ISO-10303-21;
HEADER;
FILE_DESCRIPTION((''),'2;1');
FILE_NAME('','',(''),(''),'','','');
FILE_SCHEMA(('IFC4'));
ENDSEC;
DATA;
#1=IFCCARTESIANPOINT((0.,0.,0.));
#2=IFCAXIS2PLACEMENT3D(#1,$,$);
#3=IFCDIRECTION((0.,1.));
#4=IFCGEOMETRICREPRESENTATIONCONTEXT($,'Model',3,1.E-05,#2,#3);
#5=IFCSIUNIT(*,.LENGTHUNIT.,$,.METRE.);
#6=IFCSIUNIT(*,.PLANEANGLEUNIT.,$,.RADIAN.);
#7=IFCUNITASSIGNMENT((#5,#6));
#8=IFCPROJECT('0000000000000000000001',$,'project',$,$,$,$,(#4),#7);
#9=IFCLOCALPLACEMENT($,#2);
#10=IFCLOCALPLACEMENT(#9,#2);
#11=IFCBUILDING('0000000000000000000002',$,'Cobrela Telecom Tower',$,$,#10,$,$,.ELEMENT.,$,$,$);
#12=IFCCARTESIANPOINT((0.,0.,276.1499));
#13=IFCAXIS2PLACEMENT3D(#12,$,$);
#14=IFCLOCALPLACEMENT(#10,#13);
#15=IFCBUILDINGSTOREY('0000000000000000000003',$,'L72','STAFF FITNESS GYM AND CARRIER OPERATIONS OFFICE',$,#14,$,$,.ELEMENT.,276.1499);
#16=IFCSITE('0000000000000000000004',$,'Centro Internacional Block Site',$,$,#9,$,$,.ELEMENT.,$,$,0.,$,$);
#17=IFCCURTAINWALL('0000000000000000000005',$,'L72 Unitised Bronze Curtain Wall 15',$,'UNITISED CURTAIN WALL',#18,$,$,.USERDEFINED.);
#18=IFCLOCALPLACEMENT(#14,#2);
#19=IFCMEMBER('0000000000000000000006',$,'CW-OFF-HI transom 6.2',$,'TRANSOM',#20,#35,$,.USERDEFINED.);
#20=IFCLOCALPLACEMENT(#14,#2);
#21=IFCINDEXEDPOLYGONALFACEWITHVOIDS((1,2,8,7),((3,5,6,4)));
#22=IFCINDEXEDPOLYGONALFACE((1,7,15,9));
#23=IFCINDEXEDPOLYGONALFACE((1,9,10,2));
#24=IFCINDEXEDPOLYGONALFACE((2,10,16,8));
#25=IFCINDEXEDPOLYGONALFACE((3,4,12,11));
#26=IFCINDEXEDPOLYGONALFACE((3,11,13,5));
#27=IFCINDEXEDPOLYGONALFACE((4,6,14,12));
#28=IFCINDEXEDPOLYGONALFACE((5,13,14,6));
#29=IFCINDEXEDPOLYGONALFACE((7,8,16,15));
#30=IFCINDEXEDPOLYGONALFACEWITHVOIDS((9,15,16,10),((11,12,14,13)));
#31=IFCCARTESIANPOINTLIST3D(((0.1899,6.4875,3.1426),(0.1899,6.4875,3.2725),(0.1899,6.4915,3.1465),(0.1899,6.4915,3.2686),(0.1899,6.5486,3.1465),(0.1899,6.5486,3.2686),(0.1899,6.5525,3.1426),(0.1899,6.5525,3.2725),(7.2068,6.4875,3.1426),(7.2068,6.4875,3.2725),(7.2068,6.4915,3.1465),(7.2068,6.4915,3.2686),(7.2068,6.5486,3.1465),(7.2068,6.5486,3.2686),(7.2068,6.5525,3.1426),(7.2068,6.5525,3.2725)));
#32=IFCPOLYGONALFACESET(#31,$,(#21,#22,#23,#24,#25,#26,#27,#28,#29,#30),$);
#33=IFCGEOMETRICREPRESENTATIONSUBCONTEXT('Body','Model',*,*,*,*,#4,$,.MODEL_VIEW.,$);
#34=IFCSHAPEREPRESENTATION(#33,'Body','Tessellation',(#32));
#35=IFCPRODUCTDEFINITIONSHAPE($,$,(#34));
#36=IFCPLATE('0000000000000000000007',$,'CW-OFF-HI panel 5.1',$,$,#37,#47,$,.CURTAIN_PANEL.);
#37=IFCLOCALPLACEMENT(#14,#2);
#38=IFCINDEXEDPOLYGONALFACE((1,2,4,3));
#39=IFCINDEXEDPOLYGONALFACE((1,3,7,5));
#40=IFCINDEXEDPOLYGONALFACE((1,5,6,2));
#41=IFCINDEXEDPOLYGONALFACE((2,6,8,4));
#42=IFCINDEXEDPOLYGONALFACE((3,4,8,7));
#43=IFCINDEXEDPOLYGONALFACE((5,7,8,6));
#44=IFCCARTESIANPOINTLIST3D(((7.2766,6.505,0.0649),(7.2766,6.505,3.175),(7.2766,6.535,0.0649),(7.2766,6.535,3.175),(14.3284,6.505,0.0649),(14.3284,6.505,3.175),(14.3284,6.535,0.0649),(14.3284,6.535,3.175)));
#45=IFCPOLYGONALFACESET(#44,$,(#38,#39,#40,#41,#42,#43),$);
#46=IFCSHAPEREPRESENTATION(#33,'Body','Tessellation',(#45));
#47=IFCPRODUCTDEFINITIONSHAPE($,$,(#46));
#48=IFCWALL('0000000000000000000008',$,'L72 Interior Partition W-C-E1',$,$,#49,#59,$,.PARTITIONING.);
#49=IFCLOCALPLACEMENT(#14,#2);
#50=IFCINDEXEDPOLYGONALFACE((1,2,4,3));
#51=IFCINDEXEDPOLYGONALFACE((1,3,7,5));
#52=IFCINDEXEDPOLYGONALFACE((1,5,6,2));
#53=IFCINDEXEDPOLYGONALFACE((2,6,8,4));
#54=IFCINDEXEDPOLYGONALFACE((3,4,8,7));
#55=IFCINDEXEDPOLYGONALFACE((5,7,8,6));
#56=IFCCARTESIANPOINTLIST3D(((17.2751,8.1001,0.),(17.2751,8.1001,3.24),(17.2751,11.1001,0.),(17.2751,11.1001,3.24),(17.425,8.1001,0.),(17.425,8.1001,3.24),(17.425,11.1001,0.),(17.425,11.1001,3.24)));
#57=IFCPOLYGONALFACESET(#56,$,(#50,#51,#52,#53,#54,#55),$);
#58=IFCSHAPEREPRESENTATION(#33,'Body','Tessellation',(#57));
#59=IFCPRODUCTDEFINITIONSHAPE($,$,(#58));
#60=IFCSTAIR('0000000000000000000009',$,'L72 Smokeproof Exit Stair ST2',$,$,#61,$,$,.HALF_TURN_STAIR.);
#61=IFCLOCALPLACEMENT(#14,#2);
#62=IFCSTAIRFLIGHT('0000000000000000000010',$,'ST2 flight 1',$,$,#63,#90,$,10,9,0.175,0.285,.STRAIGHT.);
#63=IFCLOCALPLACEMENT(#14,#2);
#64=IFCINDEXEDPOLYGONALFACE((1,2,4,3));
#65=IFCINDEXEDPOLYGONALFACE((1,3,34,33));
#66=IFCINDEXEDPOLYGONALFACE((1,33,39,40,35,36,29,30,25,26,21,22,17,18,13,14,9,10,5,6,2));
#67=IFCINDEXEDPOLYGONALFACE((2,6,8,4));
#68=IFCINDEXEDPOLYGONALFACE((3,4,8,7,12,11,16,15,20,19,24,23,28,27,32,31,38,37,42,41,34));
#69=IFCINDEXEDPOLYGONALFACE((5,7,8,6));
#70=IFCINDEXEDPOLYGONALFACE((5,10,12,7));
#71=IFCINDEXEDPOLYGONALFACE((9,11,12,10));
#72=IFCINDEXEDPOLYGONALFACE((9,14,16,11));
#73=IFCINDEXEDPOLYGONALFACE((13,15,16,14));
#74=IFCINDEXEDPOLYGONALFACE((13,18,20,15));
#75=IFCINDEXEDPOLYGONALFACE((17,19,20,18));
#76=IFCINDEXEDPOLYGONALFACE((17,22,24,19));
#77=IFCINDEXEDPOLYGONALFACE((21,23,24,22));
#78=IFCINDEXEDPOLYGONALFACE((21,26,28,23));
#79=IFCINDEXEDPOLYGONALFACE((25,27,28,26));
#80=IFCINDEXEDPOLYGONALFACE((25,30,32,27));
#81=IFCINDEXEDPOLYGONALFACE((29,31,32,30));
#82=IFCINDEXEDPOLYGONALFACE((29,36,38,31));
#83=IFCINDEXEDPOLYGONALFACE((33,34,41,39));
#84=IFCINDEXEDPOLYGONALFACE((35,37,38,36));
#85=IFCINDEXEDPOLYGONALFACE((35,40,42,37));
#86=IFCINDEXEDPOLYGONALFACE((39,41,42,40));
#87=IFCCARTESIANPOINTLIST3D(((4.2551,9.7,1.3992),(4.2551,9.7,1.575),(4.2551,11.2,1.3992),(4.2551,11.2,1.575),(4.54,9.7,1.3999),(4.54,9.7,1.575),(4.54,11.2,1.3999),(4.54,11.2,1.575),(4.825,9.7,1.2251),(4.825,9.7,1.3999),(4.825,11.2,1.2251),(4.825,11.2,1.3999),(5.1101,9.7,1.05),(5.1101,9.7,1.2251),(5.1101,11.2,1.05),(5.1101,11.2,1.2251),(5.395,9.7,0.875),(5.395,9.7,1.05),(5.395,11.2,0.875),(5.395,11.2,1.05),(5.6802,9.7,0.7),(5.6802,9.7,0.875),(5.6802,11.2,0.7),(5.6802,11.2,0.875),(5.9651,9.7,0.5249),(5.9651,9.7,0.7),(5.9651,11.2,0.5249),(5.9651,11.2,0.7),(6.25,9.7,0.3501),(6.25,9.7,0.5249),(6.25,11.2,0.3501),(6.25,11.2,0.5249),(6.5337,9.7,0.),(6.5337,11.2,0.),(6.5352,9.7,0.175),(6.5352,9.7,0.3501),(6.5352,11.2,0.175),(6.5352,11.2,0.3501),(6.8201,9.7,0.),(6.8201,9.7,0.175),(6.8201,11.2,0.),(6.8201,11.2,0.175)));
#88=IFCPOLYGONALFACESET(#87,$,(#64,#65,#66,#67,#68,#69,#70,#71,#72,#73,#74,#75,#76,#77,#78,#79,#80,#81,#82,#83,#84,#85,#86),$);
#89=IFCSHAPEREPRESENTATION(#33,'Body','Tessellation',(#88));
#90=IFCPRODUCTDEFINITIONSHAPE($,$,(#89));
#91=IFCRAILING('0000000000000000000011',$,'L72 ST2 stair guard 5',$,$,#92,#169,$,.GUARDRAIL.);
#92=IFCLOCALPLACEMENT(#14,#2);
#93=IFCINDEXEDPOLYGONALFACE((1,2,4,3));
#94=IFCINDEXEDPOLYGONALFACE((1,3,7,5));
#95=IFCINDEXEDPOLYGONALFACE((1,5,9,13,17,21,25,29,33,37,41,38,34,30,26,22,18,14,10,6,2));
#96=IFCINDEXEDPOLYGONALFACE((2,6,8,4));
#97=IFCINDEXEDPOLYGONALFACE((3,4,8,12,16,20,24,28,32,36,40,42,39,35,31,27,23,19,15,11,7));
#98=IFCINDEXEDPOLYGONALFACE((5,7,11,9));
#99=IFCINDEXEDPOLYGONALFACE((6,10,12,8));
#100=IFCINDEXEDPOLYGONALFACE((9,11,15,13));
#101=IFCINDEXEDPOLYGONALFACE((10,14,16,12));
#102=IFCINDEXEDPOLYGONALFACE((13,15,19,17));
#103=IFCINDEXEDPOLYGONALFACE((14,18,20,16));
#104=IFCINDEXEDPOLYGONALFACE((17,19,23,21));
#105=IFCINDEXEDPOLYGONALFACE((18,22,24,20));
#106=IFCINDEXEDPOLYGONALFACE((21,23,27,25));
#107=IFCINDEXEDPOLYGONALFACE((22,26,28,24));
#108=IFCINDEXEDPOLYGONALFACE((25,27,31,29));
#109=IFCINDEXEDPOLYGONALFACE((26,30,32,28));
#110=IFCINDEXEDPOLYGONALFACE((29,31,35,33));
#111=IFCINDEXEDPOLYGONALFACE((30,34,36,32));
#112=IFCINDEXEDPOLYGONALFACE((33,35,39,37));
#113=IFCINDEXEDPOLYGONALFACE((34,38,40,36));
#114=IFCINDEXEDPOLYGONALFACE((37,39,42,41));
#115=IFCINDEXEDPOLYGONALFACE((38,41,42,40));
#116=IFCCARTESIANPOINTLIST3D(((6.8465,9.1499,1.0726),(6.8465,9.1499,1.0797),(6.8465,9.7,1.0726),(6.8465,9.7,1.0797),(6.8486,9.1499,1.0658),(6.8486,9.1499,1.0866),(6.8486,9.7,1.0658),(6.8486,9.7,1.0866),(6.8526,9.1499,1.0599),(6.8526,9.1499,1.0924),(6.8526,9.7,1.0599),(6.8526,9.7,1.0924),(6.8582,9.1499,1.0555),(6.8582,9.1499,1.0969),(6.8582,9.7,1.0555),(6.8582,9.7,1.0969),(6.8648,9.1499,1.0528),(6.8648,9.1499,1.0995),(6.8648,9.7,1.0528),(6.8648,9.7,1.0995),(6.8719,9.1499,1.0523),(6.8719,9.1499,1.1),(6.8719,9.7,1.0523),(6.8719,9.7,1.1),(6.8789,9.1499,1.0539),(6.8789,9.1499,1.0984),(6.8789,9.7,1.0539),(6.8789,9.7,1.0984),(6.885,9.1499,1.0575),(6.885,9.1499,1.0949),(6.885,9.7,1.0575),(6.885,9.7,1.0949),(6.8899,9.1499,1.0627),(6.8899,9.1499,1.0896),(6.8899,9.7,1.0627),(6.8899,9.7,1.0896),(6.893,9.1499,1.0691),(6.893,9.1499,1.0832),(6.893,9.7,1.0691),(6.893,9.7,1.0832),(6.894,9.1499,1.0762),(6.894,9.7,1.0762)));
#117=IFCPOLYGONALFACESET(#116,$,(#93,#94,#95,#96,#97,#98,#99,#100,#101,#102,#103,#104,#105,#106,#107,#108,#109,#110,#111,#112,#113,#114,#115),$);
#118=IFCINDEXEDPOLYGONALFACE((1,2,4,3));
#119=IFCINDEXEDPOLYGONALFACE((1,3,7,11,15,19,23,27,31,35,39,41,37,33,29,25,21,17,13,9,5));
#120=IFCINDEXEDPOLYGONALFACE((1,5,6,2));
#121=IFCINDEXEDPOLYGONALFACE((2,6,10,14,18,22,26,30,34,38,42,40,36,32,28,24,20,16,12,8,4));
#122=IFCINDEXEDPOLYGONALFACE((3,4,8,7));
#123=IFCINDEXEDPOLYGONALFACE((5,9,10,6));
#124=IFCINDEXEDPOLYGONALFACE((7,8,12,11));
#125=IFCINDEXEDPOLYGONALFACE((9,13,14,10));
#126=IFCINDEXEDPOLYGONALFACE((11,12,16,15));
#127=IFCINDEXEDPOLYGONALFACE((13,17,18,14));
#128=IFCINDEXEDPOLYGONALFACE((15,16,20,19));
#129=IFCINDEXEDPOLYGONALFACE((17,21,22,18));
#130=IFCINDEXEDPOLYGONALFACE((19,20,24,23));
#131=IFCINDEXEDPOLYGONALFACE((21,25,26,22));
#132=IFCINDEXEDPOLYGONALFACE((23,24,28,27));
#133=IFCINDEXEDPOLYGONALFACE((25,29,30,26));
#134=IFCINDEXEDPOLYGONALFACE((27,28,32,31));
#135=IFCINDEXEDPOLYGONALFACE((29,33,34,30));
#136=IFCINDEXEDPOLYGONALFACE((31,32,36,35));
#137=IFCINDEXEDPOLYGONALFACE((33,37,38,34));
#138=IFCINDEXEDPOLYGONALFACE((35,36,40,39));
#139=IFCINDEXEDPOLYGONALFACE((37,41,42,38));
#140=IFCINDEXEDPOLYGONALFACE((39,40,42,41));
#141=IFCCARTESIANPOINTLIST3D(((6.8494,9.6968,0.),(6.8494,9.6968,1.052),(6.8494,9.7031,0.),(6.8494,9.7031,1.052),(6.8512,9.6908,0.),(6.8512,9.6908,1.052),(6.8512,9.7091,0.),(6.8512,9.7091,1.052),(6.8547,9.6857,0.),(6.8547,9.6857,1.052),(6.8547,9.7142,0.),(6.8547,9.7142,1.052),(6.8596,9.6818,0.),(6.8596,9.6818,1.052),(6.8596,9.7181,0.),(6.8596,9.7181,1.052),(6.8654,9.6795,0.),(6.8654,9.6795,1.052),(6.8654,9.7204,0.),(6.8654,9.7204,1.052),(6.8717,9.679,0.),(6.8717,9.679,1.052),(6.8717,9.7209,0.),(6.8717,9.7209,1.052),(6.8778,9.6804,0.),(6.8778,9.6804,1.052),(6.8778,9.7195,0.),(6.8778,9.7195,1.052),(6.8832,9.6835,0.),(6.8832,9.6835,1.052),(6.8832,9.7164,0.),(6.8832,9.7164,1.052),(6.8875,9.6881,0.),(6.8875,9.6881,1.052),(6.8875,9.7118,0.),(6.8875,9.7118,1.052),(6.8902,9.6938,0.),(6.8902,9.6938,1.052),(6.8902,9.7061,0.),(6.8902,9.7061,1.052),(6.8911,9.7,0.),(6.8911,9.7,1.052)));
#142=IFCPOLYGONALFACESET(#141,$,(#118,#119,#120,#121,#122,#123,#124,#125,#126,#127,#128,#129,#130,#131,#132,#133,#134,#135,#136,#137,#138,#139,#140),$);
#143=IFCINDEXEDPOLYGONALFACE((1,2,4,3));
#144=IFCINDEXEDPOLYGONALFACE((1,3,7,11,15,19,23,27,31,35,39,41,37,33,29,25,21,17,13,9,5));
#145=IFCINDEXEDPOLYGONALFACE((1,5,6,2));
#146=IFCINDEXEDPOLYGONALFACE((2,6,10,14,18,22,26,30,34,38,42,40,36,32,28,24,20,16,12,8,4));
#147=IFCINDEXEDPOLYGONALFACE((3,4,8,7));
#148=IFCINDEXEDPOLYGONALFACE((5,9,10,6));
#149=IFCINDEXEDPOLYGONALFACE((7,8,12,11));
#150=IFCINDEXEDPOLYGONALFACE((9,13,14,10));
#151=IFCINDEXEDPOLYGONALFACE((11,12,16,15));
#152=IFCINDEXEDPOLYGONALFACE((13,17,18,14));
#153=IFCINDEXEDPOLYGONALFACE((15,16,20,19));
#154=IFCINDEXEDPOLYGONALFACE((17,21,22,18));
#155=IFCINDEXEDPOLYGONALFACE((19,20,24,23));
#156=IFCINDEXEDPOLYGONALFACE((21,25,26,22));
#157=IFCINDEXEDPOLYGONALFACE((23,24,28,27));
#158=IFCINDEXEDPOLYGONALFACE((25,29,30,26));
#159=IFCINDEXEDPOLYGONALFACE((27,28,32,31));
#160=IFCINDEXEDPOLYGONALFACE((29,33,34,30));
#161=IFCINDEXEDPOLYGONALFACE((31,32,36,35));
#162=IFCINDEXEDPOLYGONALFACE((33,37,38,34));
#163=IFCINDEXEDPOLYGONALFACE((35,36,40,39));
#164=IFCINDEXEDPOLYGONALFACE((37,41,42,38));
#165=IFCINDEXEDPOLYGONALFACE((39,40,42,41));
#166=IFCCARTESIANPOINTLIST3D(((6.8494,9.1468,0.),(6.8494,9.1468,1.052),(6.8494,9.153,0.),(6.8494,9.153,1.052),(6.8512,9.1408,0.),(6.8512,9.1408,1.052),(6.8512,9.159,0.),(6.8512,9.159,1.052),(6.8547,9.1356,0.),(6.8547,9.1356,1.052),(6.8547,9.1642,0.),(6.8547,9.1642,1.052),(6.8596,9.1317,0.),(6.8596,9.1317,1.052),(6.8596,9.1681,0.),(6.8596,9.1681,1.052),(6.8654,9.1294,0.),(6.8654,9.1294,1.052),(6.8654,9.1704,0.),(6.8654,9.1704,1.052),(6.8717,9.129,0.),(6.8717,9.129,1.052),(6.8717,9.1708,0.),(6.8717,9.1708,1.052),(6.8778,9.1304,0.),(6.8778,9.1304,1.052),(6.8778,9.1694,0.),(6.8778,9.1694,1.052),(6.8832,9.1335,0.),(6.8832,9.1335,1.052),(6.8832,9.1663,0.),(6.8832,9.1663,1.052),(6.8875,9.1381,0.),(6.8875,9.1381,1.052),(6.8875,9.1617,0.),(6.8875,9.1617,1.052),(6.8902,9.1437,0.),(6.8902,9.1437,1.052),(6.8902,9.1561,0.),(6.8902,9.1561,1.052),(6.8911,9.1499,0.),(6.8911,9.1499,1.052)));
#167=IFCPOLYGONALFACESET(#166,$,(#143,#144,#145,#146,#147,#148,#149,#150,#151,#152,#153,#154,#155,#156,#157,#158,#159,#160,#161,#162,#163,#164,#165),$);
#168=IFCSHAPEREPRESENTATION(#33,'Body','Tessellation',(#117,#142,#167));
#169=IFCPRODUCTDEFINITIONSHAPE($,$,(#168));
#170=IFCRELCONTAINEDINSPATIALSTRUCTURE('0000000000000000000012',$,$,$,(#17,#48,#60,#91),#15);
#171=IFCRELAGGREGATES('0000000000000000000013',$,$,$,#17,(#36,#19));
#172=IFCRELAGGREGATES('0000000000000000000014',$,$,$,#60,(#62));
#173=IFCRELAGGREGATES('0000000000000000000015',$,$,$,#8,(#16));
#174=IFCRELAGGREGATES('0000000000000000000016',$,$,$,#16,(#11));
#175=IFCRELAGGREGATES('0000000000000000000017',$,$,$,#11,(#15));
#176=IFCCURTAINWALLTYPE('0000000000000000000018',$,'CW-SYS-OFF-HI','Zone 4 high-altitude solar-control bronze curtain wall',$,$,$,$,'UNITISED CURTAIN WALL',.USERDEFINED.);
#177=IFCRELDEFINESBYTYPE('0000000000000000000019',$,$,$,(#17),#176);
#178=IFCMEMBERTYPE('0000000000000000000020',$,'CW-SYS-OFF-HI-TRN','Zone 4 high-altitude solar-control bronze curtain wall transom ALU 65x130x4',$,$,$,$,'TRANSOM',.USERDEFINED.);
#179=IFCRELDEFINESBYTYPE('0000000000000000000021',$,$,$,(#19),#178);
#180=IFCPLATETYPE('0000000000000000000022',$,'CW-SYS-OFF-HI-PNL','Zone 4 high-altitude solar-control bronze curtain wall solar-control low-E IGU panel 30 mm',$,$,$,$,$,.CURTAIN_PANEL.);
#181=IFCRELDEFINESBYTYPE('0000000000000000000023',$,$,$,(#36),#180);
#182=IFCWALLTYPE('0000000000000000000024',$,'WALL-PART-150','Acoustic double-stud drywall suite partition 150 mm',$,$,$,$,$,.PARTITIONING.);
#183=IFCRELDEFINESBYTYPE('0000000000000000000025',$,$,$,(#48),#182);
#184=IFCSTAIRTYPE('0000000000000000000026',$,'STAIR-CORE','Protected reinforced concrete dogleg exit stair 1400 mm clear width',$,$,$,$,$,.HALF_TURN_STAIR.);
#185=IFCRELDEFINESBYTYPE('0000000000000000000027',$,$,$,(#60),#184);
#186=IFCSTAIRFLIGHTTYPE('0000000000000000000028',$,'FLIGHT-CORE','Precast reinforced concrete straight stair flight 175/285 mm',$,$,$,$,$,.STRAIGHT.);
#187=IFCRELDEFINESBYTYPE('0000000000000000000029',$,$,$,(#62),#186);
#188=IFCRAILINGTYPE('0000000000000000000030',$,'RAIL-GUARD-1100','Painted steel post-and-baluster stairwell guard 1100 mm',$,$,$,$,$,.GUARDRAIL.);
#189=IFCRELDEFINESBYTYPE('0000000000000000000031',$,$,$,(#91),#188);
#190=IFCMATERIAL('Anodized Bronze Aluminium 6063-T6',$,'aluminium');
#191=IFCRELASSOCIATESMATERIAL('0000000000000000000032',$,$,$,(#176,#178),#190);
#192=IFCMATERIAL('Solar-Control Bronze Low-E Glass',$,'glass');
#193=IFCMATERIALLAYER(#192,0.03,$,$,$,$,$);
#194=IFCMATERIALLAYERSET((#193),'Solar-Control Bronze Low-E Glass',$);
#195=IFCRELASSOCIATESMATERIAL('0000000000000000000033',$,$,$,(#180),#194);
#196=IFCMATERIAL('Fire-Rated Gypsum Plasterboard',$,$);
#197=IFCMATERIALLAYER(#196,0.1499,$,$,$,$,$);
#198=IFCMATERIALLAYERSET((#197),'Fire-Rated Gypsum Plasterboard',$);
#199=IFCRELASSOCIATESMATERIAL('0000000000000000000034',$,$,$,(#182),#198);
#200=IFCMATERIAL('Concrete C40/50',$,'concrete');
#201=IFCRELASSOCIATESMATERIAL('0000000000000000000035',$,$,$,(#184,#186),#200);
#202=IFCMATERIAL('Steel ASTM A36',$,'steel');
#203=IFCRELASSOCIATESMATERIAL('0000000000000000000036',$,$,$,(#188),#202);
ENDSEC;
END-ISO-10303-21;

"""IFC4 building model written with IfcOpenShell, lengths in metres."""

from ifc_helpers import new_model, si_unit, direction, frame, frame_2d, origin, origin_2d, place, context, subcontext, project, spatial, polyline, rectangle, hollow_rectangle, circle, outline, extrude, material, layer, layer_set, material_profile, profile_set, type_object, element, aggregate, save


model = new_model("IFC4")

# Units and contexts
model_context = context("Model", 3, precision=1e-05, world=origin(), true_north=direction((0.0, 1.0)))
body_context = subcontext(model_context, "Body", "Model", "MODEL_VIEW")
ifc_project = project(units=[si_unit("LENGTHUNIT", "METRE"), si_unit("PLANEANGLEUNIT", "RADIAN")], contexts=[model_context])

# Site, building, storey
site_placement = place(None, origin())
site = spatial("IfcSite", under=ifc_project, at=site_placement, Name="Centro Internacional Block Site", CompositionType="ELEMENT", RefElevation=0.0)
building_placement = place(site_placement, origin())
building = spatial("IfcBuilding", under=site, at=building_placement, Name="Cobrela Telecom Tower", CompositionType="ELEMENT")
storey_placement = place(building_placement, frame((0.0, 0.0, 276.1499)))
storey = spatial("IfcBuildingStorey", under=building, at=storey_placement, Name="L72", Description="STAFF FITNESS GYM AND CARRIER OPERATIONS OFFICE", CompositionType="ELEMENT", Elevation=276.1499)

# Curtain wall, member, plate
ifc_material_1 = material(Name="Anodized Bronze Aluminium 6063-T6", Category="aluminium")
curtain_wall_type = type_object("IfcCurtainWallType", Name="CW-SYS-OFF-HI", Description="Zone 4 high-altitude solar-control bronze curtain wall", ElementType="UNITISED CURTAIN WALL", PredefinedType="USERDEFINED", material=ifc_material_1)
curtain_wall_placement = place(storey_placement, origin())
curtain_wall = element("IfcCurtainWall", 1, at=curtain_wall_placement, inside=storey, type_object=curtain_wall_type, Name="L72 Unitised Bronze Curtain Wall 15", ObjectType="UNITISED CURTAIN WALL", PredefinedType="USERDEFINED")
ifc_material_profile_1 = material_profile(ifc_material_1, hollow_rectangle(XDim=0.0649, YDim=0.1299, WallThickness=0.0039, at=origin_2d()), Name="ALU 65x130x4")
ifc_profile_set_1 = profile_set([ifc_material_profile_1], Name="Anodized Bronze Aluminium 6063-T6")
member_type_1 = type_object("IfcMemberType", Name="CW-SYS-OFF-HI-TRN", Description="Zone 4 high-altitude solar-control bronze curtain wall transom ALU 65x130x4", ElementType="TRANSOM", PredefinedType="USERDEFINED", material=ifc_profile_set_1)
member_1_placement = place(storey_placement, frame((7.2068, 6.52, 3.2075), z_axis=(-1.0, 0.0, 0.0), x_axis=(0.0, -1.0, 0.0)))
member_1 = element("IfcMember", 2, at=member_1_placement, type_object=member_type_1, Name="CW-OFF-HI transom 6.2", ObjectType="TRANSOM", PredefinedType="USERDEFINED", context=body_context, shape_type="SweptSolid", body=[
    extrude(hollow_rectangle(XDim=0.0649, YDim=0.1299, WallThickness=0.0039, at=origin_2d()), origin(), (0.0, 0.0, 1.0), 7.0168),
])
ifc_material_2 = material(Name="Solar-Control Bronze Low-E Glass", Category="glass")
ifc_layer_1 = layer(ifc_material_2, 0.03)
ifc_layer_set_1 = layer_set([ifc_layer_1], Name="Solar-Control Bronze Low-E Glass")
plate_type = type_object("IfcPlateType", Name="CW-SYS-OFF-HI-PNL", Description="Zone 4 high-altitude solar-control bronze curtain wall solar-control low-E IGU panel 30 mm", PredefinedType="CURTAIN_PANEL", material=ifc_layer_set_1)
plate_placement = place(storey_placement, frame((10.8025, 6.52, 0.0649), z_axis=(0.0, 0.0, 1.0), x_axis=(-1.0, 0.0, 0.0)))
plate = element("IfcPlate", 3, at=plate_placement, type_object=plate_type, Name="CW-OFF-HI panel 5.1", PredefinedType="CURTAIN_PANEL", context=body_context, shape_type="SweptSolid", body=[
    extrude(rectangle(XDim=7.0518, YDim=0.03, at=origin_2d()), origin(), (0.0, 0.0, 1.0), 3.1101),
])
aggregate(curtain_wall, [plate, member_1])

# Wall
ifc_material_3 = material(Name="Fire-Rated Gypsum Plasterboard")
ifc_layer_2 = layer(ifc_material_3, 0.1499)
ifc_layer_set_2 = layer_set([ifc_layer_2], Name="Fire-Rated Gypsum Plasterboard")
wall_type_1 = type_object("IfcWallType", Name="WALL-PART-150", Description="Acoustic double-stud drywall suite partition 150 mm", PredefinedType="PARTITIONING", material=ifc_layer_set_2)
wall_1_placement = place(storey_placement, frame((17.3501, 8.1001, 0.0), z_axis=(0.0, 0.0, 1.0), x_axis=(0.0, 1.0, 0.0)))
element("IfcWall", 4, at=wall_1_placement, inside=storey, type_object=wall_type_1, Name="L72 Interior Partition W-C-E1", PredefinedType="PARTITIONING", context=body_context, shape_type="SweptSolid", body=[
    extrude(rectangle(XDim=3.0, YDim=0.1499, at=frame_2d((1.5, 0.0))), origin(), (0.0, 0.0, 1.0), 3.24),
])

# Shared definitions
ifc_material_4 = material(Name="Concrete C40/50", Category="concrete")
ifc_material_5 = material(Name="Steel ASTM A36", Category="steel")

# Stair, stair flight
stair_type = type_object("IfcStairType", Name="STAIR-CORE", Description="Protected reinforced concrete dogleg exit stair 1400 mm clear width", PredefinedType="HALF_TURN_STAIR", material=ifc_material_4)
stair_placement = place(storey_placement, origin())
stair = element("IfcStair", 5, at=stair_placement, inside=storey, type_object=stair_type, Name="L72 Smokeproof Exit Stair ST2", PredefinedType="HALF_TURN_STAIR")
stair_flight_type = type_object("IfcStairFlightType", Name="FLIGHT-CORE", Description="Precast reinforced concrete straight stair flight 175/285 mm", PredefinedType="STRAIGHT", material=ifc_material_4)
stair_flight_placement = place(storey_placement, frame((6.8201, 10.45, 0.0), z_axis=(0.0, 0.0, 1.0), x_axis=(-1.0, 0.0, 0.0)))
stair_flight = element("IfcStairFlight", 6, at=stair_flight_placement, type_object=stair_flight_type, Name="ST2 flight 1", NumberOfRisers=10, NumberOfTreads=9, PredefinedType="STRAIGHT", RiserHeight=0.175, TreadLength=0.285, context=body_context, shape_type="SweptSolid", body=[
    extrude(outline(polyline([(0.0, 0.0), (0.0, 0.175), (0.2849, 0.175), (0.2849, 0.3501), (0.5701, 0.3501), (0.5701, 0.5249), (0.855, 0.5249), (0.855, 0.7), (1.1399, 0.7), (1.1399, 0.875), (1.425, 0.875), (1.425, 1.05), (1.71, 1.05), (1.71, 1.2251), (1.9951, 1.2251), (1.9951, 1.3999), (2.28, 1.3999), (2.28, 1.575), (2.5649, 1.575), (2.5649, 1.75), (2.5649, 1.3992), (0.2864, 0.0), (0.0, 0.0)])), frame((0.0, 0.75, 0.0), z_axis=(0.0, -1.0, 0.0), x_axis=(1.0, 0.0, 0.0)), (0.0, 0.0, 1.0), 1.5),
])
aggregate(stair, [stair_flight])

# Railing
railing_type = type_object("IfcRailingType", Name="RAIL-GUARD-1100", Description="Painted steel post-and-baluster stairwell guard 1100 mm", PredefinedType="GUARDRAIL", material=ifc_material_5)
railing_placement = place(storey_placement, frame((6.8701, 9.7, 0.0)))
element("IfcRailing", 7, at=railing_placement, inside=storey, type_object=railing_type, Name="L72 ST2 stair guard 5", PredefinedType="GUARDRAIL", context=body_context, shape_type="SweptSolid", body=[
    extrude(circle(Radius=0.0239, at=origin_2d()), frame((0.0, 0.0, 1.0762), z_axis=(0.0, -1.0, 0.0), x_axis=(1.0, 0.0, 0.0)), (0.0, 0.0, 1.0), 0.55),
    extrude(circle(Radius=0.021, at=origin_2d()), origin(), (0.0, 0.0, 1.0), 1.052),
    extrude(circle(Radius=0.021, at=origin_2d()), frame((0.0, -0.55, 0.0)), (0.0, 0.0, 1.0), 1.052),
])

save(model, "model.ifc")
